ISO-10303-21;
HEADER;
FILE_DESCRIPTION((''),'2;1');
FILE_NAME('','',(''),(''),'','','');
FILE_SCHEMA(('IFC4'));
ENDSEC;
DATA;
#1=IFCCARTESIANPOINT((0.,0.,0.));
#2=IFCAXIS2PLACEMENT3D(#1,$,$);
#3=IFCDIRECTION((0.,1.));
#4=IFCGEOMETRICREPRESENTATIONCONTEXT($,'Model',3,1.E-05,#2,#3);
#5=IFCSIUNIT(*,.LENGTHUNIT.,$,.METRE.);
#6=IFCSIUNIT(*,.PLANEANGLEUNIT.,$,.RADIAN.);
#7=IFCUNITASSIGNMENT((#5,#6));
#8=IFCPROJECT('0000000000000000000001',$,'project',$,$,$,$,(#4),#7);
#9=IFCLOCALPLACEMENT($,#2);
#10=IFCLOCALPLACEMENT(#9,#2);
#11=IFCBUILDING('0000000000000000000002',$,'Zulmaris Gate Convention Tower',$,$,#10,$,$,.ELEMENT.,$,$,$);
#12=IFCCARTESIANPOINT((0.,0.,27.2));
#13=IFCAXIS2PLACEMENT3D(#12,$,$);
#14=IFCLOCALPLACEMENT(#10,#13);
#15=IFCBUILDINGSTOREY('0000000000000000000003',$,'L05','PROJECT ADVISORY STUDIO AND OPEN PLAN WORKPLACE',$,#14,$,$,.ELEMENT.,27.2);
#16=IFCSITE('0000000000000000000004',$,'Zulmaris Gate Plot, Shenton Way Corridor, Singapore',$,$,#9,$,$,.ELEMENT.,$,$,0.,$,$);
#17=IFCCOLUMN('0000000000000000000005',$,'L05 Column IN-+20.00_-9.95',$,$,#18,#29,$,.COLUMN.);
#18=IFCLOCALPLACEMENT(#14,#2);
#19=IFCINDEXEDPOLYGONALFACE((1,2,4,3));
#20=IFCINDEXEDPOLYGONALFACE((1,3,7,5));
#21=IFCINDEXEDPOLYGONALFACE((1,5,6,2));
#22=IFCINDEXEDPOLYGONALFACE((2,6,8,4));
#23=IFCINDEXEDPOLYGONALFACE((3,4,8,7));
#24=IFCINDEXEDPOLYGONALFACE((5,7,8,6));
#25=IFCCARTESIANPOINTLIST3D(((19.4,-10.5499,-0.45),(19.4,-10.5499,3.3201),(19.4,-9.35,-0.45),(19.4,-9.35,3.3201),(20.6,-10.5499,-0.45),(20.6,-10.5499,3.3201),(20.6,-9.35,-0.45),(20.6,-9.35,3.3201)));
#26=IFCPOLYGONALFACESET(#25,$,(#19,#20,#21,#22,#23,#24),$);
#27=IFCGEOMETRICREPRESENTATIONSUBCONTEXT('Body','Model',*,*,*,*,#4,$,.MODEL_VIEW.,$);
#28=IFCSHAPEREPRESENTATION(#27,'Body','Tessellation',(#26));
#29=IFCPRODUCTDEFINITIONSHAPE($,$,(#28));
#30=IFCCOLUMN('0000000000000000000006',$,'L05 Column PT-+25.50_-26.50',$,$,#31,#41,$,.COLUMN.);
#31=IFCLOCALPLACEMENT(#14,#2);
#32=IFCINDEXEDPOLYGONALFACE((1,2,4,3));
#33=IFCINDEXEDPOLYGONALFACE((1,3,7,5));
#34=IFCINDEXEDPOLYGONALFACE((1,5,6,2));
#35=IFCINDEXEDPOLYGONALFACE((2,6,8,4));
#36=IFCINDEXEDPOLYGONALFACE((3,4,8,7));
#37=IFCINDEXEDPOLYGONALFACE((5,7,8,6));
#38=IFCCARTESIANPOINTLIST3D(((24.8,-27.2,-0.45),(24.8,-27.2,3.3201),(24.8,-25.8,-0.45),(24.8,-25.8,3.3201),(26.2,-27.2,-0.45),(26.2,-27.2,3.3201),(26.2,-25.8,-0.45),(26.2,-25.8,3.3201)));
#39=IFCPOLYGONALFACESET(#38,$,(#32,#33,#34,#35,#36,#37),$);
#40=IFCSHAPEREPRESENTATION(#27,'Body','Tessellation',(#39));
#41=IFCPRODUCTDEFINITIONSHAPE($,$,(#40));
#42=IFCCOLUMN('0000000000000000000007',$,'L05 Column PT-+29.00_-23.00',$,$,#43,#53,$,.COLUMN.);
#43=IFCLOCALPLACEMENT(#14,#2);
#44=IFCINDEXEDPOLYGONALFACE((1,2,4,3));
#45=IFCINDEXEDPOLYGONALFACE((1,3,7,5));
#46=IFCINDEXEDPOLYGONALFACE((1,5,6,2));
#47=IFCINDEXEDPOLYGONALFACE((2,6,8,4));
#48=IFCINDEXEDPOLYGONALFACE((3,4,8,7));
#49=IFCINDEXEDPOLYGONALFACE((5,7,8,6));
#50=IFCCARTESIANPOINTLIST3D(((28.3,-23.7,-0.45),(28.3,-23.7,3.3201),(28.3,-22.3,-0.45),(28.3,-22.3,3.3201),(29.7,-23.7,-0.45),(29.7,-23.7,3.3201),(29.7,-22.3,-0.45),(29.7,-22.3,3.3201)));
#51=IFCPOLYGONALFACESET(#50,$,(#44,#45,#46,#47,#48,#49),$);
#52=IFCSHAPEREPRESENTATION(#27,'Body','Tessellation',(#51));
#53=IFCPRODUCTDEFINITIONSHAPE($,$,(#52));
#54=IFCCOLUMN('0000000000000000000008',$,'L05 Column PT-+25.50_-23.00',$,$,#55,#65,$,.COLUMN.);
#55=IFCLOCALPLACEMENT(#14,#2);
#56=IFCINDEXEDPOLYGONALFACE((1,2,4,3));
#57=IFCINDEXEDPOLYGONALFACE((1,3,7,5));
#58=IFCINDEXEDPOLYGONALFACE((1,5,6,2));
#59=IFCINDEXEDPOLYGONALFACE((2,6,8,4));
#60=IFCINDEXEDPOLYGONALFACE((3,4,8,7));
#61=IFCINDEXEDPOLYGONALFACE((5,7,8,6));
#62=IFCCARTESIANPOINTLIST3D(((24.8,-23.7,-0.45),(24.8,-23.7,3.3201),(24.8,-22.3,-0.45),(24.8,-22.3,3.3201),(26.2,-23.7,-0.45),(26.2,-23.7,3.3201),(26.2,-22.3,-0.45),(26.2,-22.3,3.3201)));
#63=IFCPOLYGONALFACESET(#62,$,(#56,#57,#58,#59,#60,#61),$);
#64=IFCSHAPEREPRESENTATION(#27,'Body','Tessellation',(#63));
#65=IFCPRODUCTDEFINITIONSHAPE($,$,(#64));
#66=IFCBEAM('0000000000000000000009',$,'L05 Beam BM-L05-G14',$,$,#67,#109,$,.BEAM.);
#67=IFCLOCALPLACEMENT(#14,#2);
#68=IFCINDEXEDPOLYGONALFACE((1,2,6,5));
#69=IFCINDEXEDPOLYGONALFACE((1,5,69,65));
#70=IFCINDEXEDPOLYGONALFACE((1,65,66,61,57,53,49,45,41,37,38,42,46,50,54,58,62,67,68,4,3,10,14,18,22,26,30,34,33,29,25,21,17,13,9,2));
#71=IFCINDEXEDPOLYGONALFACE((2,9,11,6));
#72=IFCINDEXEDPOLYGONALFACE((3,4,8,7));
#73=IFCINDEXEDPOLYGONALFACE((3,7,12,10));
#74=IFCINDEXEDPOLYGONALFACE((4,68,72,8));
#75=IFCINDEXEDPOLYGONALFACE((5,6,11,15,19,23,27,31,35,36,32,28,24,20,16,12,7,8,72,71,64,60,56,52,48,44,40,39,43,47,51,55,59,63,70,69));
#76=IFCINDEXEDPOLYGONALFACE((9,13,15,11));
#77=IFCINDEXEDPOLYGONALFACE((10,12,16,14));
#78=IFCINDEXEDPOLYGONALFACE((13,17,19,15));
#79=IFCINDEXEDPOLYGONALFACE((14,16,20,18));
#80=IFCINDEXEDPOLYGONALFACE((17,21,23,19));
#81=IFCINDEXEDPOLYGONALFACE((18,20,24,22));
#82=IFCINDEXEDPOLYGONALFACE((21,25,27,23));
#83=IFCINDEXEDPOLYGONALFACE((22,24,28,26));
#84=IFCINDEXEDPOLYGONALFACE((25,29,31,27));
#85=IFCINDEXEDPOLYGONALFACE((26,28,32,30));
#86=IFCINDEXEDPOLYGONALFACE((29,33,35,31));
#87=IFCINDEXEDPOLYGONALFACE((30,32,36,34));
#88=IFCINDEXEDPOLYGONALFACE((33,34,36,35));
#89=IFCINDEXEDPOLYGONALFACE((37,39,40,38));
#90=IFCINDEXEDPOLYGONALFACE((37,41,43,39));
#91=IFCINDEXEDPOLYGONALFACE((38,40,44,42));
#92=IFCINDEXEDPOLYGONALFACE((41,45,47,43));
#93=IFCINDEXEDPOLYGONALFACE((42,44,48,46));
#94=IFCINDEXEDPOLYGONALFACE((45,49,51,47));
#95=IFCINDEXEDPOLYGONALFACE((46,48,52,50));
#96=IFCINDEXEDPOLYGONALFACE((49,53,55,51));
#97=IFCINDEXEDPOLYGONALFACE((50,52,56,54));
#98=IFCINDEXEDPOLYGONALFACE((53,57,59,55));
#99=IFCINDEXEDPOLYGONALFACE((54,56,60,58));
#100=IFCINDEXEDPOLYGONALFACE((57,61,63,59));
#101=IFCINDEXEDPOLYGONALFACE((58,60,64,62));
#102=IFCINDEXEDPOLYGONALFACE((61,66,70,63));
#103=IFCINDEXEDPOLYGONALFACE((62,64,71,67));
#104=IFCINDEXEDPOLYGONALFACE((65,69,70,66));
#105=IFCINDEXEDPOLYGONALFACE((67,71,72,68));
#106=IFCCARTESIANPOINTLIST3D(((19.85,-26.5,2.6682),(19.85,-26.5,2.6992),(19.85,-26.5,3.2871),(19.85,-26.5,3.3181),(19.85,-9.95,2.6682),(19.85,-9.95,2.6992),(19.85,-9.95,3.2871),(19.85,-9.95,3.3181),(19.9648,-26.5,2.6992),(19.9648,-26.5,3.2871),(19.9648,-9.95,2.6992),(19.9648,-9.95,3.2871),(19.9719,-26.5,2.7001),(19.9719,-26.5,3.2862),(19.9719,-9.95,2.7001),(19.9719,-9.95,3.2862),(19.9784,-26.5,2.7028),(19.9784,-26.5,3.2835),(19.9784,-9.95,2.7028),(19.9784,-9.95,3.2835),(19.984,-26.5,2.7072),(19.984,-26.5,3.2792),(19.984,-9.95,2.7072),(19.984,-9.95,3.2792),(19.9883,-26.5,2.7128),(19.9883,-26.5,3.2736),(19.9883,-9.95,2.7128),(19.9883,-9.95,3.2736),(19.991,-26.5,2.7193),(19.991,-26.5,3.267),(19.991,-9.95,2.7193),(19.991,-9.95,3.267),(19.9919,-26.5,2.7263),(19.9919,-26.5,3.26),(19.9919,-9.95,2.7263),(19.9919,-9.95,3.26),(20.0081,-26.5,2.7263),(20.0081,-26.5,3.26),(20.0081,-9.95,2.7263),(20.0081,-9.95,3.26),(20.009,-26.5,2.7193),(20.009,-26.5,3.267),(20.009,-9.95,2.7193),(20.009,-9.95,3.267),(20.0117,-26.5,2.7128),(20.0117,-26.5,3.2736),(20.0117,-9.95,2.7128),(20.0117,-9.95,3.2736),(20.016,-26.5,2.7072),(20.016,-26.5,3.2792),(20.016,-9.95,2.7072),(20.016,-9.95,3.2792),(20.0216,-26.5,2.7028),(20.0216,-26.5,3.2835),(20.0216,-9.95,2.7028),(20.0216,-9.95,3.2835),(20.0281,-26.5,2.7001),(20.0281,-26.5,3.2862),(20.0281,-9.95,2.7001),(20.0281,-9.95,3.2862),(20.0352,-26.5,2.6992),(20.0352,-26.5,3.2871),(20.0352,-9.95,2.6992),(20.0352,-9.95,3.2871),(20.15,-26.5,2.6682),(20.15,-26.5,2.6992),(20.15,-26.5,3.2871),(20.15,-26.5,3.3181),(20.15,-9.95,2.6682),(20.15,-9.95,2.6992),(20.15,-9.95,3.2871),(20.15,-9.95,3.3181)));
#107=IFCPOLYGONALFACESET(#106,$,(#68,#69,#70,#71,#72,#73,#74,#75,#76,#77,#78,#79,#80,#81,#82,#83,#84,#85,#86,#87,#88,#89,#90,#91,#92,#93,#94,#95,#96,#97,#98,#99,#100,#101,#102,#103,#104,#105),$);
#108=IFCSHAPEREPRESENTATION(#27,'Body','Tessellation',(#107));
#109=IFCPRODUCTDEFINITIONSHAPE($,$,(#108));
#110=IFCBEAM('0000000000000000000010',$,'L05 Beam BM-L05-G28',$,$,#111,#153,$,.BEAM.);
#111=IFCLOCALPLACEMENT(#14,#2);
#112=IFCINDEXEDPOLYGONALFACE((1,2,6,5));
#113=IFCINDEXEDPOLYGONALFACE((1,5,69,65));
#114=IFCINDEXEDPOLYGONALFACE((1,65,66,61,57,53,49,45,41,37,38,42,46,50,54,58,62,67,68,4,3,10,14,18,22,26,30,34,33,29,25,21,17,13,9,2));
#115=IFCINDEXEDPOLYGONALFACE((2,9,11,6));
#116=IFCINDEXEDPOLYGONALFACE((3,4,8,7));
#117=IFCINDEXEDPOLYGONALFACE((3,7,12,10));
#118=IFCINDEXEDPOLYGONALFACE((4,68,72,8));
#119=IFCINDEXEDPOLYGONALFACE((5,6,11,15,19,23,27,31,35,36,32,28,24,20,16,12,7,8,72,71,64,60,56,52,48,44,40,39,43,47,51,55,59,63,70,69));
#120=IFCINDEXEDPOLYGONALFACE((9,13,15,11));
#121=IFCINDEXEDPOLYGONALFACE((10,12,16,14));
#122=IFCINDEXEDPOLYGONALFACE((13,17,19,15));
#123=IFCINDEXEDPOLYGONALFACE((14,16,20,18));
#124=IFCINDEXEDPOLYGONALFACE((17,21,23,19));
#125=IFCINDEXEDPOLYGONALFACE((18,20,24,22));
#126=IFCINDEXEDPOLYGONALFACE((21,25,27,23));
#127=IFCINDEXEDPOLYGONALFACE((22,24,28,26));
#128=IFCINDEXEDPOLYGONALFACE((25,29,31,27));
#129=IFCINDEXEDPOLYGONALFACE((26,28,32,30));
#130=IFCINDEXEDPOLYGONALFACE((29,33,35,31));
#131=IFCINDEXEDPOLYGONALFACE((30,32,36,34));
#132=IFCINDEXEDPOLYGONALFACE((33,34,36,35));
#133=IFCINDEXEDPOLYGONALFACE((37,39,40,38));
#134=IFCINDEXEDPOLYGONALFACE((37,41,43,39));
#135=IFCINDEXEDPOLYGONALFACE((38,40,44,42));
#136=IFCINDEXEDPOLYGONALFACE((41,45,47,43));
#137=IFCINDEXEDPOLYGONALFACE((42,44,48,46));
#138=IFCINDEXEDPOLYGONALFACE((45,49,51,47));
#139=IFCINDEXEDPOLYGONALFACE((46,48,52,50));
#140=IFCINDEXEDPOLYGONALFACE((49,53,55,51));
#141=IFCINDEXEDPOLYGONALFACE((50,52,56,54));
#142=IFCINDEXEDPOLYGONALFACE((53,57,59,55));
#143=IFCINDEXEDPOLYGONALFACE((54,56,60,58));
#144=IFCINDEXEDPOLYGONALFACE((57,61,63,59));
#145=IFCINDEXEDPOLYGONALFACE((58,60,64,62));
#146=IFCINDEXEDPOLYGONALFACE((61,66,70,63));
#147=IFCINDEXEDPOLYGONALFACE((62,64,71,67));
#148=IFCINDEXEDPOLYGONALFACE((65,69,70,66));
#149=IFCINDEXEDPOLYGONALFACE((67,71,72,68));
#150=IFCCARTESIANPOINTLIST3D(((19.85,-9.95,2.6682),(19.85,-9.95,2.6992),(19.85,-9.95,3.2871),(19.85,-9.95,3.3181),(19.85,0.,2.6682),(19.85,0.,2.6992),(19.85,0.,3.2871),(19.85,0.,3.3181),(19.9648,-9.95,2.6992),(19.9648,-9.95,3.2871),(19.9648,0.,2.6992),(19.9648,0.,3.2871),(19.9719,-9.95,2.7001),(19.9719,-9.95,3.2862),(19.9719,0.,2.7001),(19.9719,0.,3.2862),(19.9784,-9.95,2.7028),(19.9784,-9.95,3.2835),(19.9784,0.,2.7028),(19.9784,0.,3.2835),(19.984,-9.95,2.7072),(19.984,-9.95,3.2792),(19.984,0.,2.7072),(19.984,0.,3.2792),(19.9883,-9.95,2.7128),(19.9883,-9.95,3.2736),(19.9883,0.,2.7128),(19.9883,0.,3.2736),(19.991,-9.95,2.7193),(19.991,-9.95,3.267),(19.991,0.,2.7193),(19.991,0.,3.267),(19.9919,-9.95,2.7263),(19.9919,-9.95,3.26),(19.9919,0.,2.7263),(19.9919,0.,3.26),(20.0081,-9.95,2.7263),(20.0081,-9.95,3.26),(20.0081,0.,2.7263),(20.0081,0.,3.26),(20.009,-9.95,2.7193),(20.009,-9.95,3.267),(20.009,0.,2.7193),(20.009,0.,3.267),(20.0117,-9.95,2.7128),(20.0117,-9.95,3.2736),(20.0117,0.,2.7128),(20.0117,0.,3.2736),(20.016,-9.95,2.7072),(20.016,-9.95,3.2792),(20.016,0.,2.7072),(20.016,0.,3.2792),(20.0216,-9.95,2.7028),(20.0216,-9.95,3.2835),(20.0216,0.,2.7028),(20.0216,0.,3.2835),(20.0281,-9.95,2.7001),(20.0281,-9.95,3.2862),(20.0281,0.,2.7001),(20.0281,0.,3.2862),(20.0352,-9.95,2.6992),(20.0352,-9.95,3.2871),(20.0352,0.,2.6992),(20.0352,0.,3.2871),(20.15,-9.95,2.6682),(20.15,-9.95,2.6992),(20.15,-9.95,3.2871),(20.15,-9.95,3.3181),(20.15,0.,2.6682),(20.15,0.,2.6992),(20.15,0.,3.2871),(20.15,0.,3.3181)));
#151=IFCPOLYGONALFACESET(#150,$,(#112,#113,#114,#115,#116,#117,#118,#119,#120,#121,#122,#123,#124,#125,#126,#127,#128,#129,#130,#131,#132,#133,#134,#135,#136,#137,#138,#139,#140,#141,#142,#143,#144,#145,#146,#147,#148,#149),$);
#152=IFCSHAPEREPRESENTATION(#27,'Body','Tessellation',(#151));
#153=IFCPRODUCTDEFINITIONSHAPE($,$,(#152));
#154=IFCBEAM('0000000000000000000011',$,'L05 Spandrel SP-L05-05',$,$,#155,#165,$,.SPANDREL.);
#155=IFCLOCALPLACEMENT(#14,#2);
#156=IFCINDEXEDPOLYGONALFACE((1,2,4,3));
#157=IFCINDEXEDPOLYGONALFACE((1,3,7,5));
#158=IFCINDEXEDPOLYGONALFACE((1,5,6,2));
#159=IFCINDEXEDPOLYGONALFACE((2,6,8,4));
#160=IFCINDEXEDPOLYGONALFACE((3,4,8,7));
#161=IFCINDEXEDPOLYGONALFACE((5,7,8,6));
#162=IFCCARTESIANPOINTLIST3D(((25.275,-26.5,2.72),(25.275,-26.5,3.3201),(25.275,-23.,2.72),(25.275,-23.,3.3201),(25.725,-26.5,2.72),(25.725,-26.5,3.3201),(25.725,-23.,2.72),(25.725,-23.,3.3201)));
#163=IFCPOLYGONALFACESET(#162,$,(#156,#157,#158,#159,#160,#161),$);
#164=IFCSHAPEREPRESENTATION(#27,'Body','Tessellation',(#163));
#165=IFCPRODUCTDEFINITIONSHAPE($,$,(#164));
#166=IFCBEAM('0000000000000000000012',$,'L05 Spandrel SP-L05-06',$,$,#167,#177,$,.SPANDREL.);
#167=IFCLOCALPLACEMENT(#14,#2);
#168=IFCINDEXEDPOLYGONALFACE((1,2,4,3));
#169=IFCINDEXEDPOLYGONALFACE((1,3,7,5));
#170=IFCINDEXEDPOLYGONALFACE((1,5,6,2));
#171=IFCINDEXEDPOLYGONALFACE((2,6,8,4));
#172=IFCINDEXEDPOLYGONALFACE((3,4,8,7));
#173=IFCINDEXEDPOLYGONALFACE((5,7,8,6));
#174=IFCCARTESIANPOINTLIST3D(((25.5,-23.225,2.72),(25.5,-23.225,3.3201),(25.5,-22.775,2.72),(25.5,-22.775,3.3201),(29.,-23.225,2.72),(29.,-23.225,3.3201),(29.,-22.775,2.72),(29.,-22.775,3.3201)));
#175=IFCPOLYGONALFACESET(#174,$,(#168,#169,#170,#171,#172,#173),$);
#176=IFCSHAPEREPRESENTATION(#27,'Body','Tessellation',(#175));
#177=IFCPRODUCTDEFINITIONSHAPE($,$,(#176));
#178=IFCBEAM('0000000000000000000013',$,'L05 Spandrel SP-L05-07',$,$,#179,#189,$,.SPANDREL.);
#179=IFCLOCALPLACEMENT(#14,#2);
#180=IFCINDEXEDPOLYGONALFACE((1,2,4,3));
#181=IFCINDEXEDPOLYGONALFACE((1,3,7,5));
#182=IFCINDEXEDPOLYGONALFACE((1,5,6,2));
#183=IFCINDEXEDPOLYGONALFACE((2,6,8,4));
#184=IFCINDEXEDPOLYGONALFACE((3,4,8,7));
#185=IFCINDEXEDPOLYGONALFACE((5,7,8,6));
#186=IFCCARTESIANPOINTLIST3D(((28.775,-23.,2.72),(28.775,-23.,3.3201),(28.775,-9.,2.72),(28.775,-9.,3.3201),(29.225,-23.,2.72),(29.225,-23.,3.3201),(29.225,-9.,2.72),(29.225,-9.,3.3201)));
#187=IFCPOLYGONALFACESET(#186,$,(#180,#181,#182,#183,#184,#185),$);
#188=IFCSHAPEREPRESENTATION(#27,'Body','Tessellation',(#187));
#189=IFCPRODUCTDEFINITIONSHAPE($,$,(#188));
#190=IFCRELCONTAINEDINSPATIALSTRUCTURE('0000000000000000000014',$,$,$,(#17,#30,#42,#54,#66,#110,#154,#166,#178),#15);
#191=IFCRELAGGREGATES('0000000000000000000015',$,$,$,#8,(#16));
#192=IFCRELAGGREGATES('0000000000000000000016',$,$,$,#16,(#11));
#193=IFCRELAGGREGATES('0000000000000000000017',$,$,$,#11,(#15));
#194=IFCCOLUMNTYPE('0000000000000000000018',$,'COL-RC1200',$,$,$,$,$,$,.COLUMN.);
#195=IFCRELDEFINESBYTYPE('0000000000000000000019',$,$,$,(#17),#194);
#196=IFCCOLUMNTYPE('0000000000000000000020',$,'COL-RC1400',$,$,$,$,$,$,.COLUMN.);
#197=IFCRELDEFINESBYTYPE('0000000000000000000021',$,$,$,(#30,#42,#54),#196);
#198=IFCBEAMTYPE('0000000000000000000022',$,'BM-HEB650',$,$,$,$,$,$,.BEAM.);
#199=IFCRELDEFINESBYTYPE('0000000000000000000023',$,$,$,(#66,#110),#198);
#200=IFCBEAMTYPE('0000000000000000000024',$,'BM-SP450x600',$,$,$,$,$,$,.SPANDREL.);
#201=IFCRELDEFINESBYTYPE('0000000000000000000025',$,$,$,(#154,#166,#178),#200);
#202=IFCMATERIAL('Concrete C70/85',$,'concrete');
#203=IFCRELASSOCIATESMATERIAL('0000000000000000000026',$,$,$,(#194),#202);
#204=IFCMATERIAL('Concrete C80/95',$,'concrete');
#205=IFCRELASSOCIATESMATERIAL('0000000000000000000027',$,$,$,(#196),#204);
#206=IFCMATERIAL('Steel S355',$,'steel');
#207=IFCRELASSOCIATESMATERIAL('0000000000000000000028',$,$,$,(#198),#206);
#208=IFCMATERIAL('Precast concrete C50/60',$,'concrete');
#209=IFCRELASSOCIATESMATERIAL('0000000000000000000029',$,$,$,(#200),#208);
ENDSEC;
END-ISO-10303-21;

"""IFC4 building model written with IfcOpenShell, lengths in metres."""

from ifc_helpers import new_model, si_unit, direction, frame, origin, origin_2d, place, context, subcontext, project, spatial, rectangle, i_section, extrude, material, material_profile, profile_set, type_object, element, save


model = new_model("IFC4")

# Units and contexts
model_context = context("Model", 3, precision=1e-05, world=origin(), true_north=direction((0.0, 1.0)))
body_context = subcontext(model_context, "Body", "Model", "MODEL_VIEW")
ifc_project = project(units=[si_unit("LENGTHUNIT", "METRE"), si_unit("PLANEANGLEUNIT", "RADIAN")], contexts=[model_context])

# Site, building, storey
site_placement = place(None, origin())
site = spatial("IfcSite", under=ifc_project, at=site_placement, Name="Zulmaris Gate Plot, Shenton Way Corridor, Singapore", CompositionType="ELEMENT", RefElevation=0.0)
building_placement = place(site_placement, origin())
building = spatial("IfcBuilding", under=site, at=building_placement, Name="Zulmaris Gate Convention Tower", CompositionType="ELEMENT")
storey_placement = place(building_placement, frame((0.0, 0.0, 27.2)))
storey = spatial("IfcBuildingStorey", under=building, at=storey_placement, Name="L05", Description="PROJECT ADVISORY STUDIO AND OPEN PLAN WORKPLACE", CompositionType="ELEMENT", Elevation=27.2)

# Columns
ifc_material_1 = material(Name="Concrete C70/85", Category="concrete")
ifc_material_profile_1 = material_profile(ifc_material_1, rectangle(XDim=1.2, YDim=1.2, at=origin_2d()), Name="RC COL 1200x1200")
ifc_profile_set_1 = profile_set([ifc_material_profile_1], Name="Concrete C70/85")
column_type_1 = type_object("IfcColumnType", Name="COL-RC1200", PredefinedType="COLUMN", material=ifc_profile_set_1)
column_placement = place(storey_placement, frame((20.0, -9.95, -0.45), z_axis=(0.0, 0.0, 1.0), x_axis=(1.0, 0.0, 0.0)))
element("IfcColumn", 1, at=column_placement, inside=storey, type_object=column_type_1, Name="L05 Column IN-+20.00_-9.95", PredefinedType="COLUMN", context=body_context, shape_type="SweptSolid", body=[
    extrude(rectangle(XDim=1.2, YDim=1.2, at=origin_2d()), origin(), (0.0, 0.0, 1.0), 3.77),
])
ifc_material_2 = material(Name="Concrete C80/95", Category="concrete")
ifc_material_profile_2 = material_profile(ifc_material_2, rectangle(XDim=1.3999, YDim=1.3999, at=origin_2d()), Name="RC COL 1400x1400")
ifc_profile_set_2 = profile_set([ifc_material_profile_2], Name="Concrete C80/95")
column_type_2 = type_object("IfcColumnType", Name="COL-RC1400", PredefinedType="COLUMN", material=ifc_profile_set_2)
for number, where, z_axis, x_axis, name in (
    (2, (25.5, -26.5, -0.45), (0.0, 0.0, 1.0), (1.0, 0.0, 0.0), "L05 Column PT-+25.50_-26.50"),
    (3, (29.0, -23.0, -0.45), (0.0, 0.0, 1.0), (1.0, 0.0, 0.0), "L05 Column PT-+29.00_-23.00"),
    (4, (25.5, -23.0, -0.45), (0.0, 0.0, 1.0), (1.0, 0.0, 0.0), "L05 Column PT-+25.50_-23.00"),
):
    element("IfcColumn", number, at=place(storey_placement, frame(where, z_axis=z_axis, x_axis=x_axis)), inside=storey, type_object=column_type_2, Name=name, PredefinedType="COLUMN", context=body_context, shape_type="SweptSolid", body=[
        extrude(rectangle(XDim=1.3999, YDim=1.3999, at=origin_2d()), origin(), (0.0, 0.0, 1.0), 3.77),
    ])

# Beams
ifc_material_3 = material(Name="Steel S355", Category="steel")
ifc_material_profile_3 = material_profile(ifc_material_3, i_section(OverallWidth=0.3, OverallDepth=0.6499, WebThickness=0.0161, FlangeThickness=0.031, FilletRadius=0.0271, at=origin_2d()), Name="HEB 650")
ifc_profile_set_3 = profile_set([ifc_material_profile_3], Name="Steel S355")
beam_type_1 = type_object("IfcBeamType", Name="BM-HEB650", PredefinedType="BEAM", material=ifc_profile_set_3)
beam_1_placement = place(storey_placement, frame((20.0, -26.5, 2.9932), z_axis=(0.0, 1.0, 0.0), x_axis=(-1.0, 0.0, 0.0)))
element("IfcBeam", 5, at=beam_1_placement, inside=storey, type_object=beam_type_1, Name="L05 Beam BM-L05-G14", PredefinedType="BEAM", context=body_context, shape_type="SweptSolid", body=[
    extrude(i_section(OverallWidth=0.3, OverallDepth=0.6499, WebThickness=0.0161, FlangeThickness=0.031, FilletRadius=0.0271, at=origin_2d()), origin(), (0.0, 0.0, 1.0), 16.55),
])
beam_2_placement = place(storey_placement, frame((20.0, -9.95, 2.9932), z_axis=(0.0, 1.0, 0.0), x_axis=(-1.0, 0.0, 0.0)))
element("IfcBeam", 6, at=beam_2_placement, inside=storey, type_object=beam_type_1, Name="L05 Beam BM-L05-G28", PredefinedType="BEAM", context=body_context, shape_type="SweptSolid", body=[
    extrude(i_section(OverallWidth=0.3, OverallDepth=0.6499, WebThickness=0.0161, FlangeThickness=0.031, FilletRadius=0.0271, at=origin_2d()), origin(), (0.0, 0.0, 1.0), 9.95),
])
ifc_material_4 = material(Name="Precast concrete C50/60", Category="concrete")
ifc_material_profile_4 = material_profile(ifc_material_4, rectangle(XDim=0.45, YDim=0.6001, at=origin_2d()), Name="RC SPANDREL 450x600")
ifc_profile_set_4 = profile_set([ifc_material_profile_4], Name="Precast concrete C50/60")
beam_type_2 = type_object("IfcBeamType", Name="BM-SP450x600", PredefinedType="SPANDREL", material=ifc_profile_set_4)
for number, where, z_axis, x_axis, name in (
    (7, (25.5, -26.5, 3.02), (0.0, 1.0, 0.0), (-1.0, 0.0, 0.0), "L05 Spandrel SP-L05-05"),
    (8, (25.5, -23.0, 3.02), (1.0, 0.0, 0.0), (0.0, 1.0, 0.0), "L05 Spandrel SP-L05-06"),
):
    element("IfcBeam", number, at=place(storey_placement, frame(where, z_axis=z_axis, x_axis=x_axis)), inside=storey, type_object=beam_type_2, Name=name, PredefinedType="SPANDREL", context=body_context, shape_type="SweptSolid", body=[
        extrude(rectangle(XDim=0.45, YDim=0.6001, at=origin_2d()), origin(), (0.0, 0.0, 1.0), 3.5),
    ])
beam_3_placement = place(storey_placement, frame((29.0, -23.0, 3.02), z_axis=(0.0, 1.0, 0.0), x_axis=(-1.0, 0.0, 0.0)))
element("IfcBeam", 9, at=beam_3_placement, inside=storey, type_object=beam_type_2, Name="L05 Spandrel SP-L05-07", PredefinedType="SPANDREL", context=body_context, shape_type="SweptSolid", body=[
    extrude(rectangle(XDim=0.45, YDim=0.6001, at=origin_2d()), origin(), (0.0, 0.0, 1.0), 14.0),
])

save(model, "model.ifc")
